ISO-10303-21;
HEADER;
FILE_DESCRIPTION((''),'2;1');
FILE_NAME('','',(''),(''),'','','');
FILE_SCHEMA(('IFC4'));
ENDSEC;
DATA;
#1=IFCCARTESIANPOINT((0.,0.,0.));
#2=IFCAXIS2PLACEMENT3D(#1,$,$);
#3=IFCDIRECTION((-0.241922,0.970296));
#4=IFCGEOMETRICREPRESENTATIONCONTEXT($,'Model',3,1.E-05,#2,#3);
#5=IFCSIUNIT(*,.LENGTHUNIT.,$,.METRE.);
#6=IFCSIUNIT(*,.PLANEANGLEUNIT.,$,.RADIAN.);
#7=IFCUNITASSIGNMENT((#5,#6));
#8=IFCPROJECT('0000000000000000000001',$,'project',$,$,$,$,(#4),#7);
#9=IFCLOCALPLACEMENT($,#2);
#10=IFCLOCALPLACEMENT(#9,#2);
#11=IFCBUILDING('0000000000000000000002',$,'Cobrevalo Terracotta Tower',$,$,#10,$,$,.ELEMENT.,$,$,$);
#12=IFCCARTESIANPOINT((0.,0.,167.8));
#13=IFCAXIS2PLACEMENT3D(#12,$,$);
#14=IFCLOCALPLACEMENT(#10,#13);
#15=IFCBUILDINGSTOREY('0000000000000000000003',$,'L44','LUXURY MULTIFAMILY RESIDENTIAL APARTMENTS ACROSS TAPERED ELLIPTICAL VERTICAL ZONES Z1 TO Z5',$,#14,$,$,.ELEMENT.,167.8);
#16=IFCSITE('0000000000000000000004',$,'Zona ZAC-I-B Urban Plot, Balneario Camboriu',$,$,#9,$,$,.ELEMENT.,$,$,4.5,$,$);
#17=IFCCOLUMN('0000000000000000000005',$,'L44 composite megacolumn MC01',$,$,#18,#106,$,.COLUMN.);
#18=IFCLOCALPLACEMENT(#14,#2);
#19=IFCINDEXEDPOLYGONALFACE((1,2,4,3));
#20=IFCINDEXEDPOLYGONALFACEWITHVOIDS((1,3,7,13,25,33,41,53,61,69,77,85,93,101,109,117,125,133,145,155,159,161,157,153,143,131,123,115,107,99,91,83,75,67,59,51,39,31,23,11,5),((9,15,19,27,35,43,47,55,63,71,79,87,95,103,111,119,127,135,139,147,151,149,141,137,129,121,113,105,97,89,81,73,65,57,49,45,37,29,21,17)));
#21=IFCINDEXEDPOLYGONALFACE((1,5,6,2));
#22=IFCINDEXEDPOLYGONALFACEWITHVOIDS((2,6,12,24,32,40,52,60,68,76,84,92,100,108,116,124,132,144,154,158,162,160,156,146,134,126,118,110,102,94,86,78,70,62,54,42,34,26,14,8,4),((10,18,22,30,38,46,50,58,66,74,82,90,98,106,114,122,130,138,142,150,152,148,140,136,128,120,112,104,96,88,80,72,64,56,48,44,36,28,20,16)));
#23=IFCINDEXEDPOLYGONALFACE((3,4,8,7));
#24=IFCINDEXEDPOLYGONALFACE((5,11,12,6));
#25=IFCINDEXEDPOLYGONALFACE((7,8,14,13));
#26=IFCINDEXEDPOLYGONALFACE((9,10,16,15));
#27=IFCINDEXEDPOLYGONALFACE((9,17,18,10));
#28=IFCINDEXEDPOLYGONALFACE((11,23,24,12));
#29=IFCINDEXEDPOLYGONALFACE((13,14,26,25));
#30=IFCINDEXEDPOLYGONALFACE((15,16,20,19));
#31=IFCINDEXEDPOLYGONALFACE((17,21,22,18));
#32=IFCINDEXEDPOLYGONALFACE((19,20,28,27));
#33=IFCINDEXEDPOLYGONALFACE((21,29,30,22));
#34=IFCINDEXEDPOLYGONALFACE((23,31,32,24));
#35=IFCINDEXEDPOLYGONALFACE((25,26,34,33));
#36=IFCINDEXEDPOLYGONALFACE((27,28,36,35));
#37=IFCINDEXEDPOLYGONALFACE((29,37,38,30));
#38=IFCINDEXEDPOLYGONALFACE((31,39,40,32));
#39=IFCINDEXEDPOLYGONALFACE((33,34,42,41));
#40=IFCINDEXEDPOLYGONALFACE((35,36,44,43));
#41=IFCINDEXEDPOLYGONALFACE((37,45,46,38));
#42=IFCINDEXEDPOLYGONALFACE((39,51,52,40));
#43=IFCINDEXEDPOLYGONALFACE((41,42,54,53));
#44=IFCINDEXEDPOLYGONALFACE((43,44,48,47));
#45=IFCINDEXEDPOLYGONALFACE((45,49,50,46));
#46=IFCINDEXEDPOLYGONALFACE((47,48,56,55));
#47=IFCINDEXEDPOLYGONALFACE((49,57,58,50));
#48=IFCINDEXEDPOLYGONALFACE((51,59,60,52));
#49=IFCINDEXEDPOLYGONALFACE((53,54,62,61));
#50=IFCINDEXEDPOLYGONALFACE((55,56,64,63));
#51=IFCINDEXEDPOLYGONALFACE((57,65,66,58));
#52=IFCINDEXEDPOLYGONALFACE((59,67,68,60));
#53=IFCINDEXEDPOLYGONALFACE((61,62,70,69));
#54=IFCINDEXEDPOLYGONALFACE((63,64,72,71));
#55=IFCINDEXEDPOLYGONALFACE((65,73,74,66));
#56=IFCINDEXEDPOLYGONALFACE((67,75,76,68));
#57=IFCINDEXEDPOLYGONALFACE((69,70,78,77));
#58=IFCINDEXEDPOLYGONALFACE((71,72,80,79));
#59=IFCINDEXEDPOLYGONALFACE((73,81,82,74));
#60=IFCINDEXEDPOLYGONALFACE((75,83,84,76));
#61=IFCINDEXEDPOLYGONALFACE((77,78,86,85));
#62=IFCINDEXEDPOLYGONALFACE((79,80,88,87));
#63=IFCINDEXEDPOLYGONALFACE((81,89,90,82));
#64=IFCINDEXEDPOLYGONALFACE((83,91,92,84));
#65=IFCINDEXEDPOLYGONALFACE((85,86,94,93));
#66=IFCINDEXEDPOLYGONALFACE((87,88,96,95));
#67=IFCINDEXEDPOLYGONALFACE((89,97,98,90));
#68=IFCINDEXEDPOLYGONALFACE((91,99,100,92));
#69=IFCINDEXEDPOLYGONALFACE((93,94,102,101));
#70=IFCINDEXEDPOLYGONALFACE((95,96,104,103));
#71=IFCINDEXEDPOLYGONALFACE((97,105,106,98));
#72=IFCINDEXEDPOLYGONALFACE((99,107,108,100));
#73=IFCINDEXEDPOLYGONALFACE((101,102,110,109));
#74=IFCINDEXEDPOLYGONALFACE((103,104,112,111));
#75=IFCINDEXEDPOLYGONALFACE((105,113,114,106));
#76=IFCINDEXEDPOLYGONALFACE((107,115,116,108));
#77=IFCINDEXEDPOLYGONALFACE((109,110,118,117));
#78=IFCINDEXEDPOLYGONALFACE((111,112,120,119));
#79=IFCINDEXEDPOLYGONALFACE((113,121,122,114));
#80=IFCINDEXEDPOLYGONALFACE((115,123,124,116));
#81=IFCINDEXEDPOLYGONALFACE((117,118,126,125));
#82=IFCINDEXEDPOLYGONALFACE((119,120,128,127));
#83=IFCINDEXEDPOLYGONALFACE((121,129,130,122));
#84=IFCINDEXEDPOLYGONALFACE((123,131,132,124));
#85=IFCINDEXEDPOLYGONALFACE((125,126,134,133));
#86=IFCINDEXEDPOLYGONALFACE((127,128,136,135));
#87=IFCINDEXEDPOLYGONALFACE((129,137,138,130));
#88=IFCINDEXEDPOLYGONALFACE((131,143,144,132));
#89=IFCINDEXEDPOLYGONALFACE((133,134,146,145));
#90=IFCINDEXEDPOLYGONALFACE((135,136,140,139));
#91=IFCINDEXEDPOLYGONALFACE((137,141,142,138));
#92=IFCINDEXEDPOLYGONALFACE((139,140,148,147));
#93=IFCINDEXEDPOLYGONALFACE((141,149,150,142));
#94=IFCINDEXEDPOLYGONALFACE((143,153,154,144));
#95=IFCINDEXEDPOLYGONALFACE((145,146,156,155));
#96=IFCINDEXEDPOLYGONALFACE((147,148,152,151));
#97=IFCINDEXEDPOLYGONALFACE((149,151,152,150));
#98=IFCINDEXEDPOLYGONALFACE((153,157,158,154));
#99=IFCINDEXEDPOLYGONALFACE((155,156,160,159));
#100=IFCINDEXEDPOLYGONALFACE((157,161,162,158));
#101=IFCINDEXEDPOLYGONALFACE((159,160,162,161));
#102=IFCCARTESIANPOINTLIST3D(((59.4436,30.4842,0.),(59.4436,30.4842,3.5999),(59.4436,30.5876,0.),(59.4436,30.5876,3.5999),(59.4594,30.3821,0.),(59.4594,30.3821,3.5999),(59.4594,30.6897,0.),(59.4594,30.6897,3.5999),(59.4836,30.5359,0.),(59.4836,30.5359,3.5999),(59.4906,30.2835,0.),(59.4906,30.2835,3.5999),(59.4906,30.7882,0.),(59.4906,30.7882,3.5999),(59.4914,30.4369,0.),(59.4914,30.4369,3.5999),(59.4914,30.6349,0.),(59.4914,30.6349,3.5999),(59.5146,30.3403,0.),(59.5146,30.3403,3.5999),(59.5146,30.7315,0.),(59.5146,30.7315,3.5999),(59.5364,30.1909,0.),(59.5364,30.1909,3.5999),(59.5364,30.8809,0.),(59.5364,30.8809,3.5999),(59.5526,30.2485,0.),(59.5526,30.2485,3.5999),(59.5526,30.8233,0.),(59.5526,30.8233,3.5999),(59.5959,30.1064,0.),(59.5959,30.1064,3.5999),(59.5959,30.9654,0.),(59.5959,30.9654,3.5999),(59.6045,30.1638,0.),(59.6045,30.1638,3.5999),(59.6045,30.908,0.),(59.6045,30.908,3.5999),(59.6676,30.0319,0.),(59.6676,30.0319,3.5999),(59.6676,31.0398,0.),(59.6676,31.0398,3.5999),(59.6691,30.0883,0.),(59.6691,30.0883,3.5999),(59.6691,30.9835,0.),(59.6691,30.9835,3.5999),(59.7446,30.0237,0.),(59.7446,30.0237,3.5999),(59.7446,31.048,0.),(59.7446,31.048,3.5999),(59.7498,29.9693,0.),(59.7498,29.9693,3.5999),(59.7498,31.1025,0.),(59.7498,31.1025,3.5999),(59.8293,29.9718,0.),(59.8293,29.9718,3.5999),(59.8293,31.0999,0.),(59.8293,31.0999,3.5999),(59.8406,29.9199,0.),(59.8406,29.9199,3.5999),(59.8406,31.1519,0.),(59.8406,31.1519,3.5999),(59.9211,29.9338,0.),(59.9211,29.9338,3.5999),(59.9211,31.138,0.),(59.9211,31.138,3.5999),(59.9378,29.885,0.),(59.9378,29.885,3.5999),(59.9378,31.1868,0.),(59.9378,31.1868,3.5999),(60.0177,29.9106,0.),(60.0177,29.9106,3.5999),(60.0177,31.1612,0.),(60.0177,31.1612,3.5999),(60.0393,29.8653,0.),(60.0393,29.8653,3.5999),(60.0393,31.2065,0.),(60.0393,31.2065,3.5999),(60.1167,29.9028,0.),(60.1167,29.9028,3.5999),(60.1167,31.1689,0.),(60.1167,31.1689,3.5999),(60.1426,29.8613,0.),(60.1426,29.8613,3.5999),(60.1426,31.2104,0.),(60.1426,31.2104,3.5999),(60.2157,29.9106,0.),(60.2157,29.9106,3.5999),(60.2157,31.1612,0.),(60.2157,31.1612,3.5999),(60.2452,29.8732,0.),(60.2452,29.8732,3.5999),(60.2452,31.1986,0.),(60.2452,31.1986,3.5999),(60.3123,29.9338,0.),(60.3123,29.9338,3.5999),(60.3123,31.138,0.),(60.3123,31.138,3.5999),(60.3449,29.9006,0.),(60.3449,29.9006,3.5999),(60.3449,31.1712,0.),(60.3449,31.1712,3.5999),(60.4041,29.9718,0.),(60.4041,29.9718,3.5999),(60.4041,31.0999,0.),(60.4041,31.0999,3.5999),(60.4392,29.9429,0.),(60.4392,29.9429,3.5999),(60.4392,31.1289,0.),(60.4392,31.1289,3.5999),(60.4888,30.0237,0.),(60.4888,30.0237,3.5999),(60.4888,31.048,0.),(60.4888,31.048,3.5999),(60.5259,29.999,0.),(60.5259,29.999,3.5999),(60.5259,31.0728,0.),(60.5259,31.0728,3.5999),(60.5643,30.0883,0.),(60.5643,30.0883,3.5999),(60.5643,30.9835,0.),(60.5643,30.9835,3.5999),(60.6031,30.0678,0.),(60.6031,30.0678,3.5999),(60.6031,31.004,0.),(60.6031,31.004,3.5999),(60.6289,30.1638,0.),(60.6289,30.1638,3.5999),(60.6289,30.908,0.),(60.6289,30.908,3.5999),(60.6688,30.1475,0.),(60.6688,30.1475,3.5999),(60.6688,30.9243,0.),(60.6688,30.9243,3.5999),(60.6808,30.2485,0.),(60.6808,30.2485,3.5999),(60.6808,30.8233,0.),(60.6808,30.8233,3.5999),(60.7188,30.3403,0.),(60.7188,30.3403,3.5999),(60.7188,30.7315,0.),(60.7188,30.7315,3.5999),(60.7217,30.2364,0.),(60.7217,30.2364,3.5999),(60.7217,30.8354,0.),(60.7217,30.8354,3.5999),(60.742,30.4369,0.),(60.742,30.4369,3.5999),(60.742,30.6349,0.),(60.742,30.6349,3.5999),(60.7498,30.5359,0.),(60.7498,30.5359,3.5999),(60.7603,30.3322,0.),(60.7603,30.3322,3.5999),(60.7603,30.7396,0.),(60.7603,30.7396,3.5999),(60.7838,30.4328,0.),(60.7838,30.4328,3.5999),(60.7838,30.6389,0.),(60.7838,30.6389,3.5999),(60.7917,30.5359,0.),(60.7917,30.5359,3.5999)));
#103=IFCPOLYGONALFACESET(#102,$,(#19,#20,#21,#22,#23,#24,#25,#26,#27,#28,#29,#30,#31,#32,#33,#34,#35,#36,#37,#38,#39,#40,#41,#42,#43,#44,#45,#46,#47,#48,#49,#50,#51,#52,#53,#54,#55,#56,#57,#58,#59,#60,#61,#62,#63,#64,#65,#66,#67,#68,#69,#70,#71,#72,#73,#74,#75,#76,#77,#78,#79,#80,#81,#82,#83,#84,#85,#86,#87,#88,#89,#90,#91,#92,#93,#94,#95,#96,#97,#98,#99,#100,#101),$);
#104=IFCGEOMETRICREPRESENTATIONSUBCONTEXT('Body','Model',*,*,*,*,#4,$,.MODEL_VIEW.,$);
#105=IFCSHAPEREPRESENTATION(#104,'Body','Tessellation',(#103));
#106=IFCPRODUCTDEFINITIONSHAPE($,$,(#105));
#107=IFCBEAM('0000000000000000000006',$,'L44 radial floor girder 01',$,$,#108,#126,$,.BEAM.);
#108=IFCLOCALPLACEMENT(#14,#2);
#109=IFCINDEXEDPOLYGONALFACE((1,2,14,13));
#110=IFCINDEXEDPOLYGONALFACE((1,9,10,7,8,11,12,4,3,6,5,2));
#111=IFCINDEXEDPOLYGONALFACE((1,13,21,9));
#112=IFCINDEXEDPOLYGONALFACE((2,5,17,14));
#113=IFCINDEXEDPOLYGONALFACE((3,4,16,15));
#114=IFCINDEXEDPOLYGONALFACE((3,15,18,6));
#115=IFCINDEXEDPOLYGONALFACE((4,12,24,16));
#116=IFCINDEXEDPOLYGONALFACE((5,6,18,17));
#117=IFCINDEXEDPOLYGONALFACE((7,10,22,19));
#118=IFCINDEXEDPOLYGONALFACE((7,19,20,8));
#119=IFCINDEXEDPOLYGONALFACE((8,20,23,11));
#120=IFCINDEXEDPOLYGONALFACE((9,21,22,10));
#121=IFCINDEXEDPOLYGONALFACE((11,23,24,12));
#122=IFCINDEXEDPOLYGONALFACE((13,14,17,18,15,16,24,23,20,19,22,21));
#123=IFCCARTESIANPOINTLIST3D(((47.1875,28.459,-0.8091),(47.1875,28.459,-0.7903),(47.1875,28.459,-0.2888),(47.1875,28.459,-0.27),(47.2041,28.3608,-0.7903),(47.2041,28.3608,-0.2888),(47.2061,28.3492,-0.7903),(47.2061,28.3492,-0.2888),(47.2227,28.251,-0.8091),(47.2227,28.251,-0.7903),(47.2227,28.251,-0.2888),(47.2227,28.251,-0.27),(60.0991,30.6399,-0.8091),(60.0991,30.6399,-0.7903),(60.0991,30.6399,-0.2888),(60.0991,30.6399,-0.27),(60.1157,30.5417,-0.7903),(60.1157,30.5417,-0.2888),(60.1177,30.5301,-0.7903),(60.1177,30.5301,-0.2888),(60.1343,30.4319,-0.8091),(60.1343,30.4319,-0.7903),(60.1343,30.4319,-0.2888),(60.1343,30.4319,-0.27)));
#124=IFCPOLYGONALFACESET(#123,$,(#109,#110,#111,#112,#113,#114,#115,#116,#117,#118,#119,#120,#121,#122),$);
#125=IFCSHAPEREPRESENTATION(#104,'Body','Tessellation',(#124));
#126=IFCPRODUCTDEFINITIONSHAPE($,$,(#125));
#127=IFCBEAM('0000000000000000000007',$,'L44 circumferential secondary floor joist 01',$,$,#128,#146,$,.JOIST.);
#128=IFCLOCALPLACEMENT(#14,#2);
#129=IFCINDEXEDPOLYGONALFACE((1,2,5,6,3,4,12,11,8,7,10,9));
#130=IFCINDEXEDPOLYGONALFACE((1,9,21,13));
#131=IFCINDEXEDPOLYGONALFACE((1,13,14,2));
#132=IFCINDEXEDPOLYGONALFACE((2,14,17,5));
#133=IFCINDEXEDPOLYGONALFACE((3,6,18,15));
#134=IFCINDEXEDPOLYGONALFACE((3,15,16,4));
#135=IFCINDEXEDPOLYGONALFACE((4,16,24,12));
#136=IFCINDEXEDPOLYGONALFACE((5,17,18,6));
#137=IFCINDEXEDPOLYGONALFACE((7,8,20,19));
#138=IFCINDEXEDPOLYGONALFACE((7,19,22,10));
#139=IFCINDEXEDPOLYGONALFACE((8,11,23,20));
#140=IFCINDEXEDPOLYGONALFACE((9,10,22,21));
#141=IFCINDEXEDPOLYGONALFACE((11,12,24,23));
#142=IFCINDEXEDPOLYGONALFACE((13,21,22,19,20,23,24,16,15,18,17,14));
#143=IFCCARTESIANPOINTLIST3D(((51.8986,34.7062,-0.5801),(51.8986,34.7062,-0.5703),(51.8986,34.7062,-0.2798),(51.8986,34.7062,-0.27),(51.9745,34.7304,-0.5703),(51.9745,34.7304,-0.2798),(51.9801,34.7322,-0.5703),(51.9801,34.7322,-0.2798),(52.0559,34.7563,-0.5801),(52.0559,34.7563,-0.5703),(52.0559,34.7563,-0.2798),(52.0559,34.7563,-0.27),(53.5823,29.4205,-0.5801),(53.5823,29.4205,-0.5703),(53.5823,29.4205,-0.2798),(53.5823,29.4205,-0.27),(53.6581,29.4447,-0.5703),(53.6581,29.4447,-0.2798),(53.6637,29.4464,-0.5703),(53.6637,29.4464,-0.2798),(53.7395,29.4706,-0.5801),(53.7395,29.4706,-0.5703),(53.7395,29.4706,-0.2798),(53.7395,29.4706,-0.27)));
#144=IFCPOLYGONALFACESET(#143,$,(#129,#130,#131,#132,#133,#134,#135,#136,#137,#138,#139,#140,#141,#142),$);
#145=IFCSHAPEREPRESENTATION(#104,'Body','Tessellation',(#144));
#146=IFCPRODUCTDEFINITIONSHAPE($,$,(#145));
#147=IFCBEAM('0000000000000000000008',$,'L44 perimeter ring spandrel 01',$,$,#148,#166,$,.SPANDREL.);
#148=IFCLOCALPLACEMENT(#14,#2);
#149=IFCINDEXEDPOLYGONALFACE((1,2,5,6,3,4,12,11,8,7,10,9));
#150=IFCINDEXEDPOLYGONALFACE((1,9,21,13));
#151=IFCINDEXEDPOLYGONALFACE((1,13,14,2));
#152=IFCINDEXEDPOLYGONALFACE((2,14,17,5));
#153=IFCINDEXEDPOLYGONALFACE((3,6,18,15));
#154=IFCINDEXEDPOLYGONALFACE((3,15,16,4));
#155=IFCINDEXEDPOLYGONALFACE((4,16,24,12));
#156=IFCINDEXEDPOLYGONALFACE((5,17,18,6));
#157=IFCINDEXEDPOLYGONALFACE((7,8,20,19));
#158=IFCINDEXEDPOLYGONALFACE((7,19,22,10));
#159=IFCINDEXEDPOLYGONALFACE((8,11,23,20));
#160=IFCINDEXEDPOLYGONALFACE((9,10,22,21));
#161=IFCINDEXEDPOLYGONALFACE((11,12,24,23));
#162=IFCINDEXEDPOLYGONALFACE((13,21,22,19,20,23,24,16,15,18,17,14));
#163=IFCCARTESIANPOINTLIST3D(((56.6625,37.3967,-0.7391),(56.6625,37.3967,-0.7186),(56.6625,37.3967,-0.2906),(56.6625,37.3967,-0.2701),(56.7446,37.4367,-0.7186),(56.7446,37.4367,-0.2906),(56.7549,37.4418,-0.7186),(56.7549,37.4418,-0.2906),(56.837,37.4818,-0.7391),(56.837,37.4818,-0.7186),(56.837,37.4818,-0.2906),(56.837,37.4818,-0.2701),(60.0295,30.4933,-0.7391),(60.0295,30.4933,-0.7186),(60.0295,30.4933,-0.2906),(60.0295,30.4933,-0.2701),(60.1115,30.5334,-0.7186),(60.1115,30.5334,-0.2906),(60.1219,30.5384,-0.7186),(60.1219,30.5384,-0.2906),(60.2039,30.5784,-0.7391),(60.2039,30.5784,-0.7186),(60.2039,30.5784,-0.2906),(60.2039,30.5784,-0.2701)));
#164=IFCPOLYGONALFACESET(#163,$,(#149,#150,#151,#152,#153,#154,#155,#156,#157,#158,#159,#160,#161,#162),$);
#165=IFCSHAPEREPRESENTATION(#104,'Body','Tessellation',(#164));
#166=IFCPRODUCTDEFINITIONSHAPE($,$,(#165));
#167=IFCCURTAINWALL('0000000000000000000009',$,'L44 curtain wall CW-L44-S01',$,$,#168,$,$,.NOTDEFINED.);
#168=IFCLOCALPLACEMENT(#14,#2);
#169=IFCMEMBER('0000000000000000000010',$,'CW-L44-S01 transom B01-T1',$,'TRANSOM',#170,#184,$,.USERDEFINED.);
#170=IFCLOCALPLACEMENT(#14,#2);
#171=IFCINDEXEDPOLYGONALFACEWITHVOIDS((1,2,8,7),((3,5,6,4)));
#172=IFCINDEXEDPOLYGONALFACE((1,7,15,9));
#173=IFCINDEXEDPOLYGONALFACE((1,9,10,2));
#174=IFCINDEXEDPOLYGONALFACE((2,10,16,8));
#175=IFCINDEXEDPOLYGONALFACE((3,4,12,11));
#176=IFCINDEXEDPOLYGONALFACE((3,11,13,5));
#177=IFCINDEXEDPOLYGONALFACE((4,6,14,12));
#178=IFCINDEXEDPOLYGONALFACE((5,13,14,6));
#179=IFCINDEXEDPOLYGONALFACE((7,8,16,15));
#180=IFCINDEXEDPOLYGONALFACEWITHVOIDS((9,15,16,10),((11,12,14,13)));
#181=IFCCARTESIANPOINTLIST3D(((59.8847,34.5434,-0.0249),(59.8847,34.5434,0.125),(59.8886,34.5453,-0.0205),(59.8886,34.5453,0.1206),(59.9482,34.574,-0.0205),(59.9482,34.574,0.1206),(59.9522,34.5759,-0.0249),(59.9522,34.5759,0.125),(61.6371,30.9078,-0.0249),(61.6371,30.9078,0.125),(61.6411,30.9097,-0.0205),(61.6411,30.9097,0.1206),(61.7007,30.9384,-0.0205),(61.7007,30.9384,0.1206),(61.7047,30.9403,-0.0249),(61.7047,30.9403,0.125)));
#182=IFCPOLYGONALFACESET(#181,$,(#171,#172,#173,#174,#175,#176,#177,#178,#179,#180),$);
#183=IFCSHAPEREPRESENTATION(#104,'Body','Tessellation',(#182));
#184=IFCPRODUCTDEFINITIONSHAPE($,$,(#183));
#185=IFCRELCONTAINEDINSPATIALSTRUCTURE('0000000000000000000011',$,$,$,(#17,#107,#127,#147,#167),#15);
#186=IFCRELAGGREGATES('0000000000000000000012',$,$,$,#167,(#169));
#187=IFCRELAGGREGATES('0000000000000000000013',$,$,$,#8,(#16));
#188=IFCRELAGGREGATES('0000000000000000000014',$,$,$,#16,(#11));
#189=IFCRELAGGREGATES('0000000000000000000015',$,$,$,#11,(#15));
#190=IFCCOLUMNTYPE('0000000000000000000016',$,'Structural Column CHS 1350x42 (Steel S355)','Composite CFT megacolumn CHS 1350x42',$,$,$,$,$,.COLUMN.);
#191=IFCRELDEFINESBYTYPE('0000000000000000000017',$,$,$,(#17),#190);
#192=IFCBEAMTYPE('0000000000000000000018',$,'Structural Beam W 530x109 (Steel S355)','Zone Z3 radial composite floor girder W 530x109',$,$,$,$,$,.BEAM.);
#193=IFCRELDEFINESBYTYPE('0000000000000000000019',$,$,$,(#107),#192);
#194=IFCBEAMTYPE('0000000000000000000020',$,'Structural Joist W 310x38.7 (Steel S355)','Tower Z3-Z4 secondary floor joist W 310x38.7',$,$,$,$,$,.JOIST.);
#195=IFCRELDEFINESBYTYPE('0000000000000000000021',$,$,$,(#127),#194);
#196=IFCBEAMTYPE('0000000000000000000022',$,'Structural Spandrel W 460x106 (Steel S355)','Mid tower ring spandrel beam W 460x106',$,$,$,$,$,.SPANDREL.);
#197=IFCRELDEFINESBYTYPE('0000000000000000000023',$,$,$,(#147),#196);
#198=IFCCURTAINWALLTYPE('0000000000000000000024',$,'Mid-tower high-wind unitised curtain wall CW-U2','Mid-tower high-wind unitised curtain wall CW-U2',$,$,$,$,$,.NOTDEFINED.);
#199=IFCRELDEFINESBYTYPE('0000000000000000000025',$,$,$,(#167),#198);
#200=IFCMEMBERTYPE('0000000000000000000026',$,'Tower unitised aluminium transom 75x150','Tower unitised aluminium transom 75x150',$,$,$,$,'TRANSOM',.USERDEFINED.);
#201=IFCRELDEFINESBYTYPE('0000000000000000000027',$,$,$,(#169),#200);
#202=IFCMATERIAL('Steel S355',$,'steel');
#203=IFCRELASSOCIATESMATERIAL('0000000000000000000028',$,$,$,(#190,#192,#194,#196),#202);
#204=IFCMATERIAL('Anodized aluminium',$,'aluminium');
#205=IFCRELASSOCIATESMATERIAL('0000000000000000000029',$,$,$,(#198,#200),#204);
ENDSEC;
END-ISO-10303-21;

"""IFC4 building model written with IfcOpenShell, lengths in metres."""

from ifc_helpers import new_model, si_unit, direction, frame, origin, origin_2d, place, context, subcontext, project, spatial, hollow_rectangle, hollow_circle, i_section, extrude, source, transform, mapped, material, material_profile, profile_set, type_object, element, aggregate, save


model = new_model("IFC4")

# Units and contexts
model_context = context("Model", 3, precision=1e-05, world=origin(), true_north=direction((-0.241922, 0.970296)))
body_context = subcontext(model_context, "Body", "Model", "MODEL_VIEW")
ifc_project = project(units=[si_unit("LENGTHUNIT", "METRE"), si_unit("PLANEANGLEUNIT", "RADIAN")], contexts=[model_context])

# Site, building, storey
site_placement = place(None, origin())
site = spatial("IfcSite", under=ifc_project, at=site_placement, Name="Zona ZAC-I-B Urban Plot, Balneario Camboriu", CompositionType="ELEMENT", RefElevation=4.5)
building_placement = place(site_placement, origin())
building = spatial("IfcBuilding", under=site, at=building_placement, Name="Cobrevalo Terracotta Tower", CompositionType="ELEMENT")
storey_placement = place(building_placement, frame((0.0, 0.0, 167.8)))
storey = spatial("IfcBuildingStorey", under=building, at=storey_placement, Name="L44", Description="LUXURY MULTIFAMILY RESIDENTIAL APARTMENTS ACROSS TAPERED ELLIPTICAL VERTICAL ZONES Z1 TO Z5", CompositionType="ELEMENT", Elevation=167.8)

# Column
ifc_material_1 = material(Name="Steel S355", Category="steel")
ifc_material_profile_1 = material_profile(ifc_material_1, hollow_circle(Radius=0.675, WallThickness=0.042, at=origin_2d()), Name="CHS 1350x42")
ifc_profile_set_1 = profile_set([ifc_material_profile_1], Name="Steel S355")
column_type = type_object("IfcColumnType", Name="Structural Column CHS 1350x42 (Steel S355)", Description="Composite CFT megacolumn CHS 1350x42", PredefinedType="COLUMN", material=ifc_profile_set_1)
column_placement = place(storey_placement, frame((60.1167, 30.5359, 0.0), z_axis=(0.0, 0.0, 1.0), x_axis=(1.0, 0.0, 0.0)))
element("IfcColumn", 1, at=column_placement, inside=storey, type_object=column_type, Name="L44 composite megacolumn MC01", PredefinedType="COLUMN", context=body_context, shape_type="SweptSolid", body=[
    extrude(hollow_circle(Radius=0.675, WallThickness=0.042, at=origin_2d()), origin(), (0.0, 0.0, 1.0), 3.5999),
])

# Beams
ifc_material_profile_2 = material_profile(ifc_material_1, i_section(OverallWidth=0.2109, OverallDepth=0.5391, WebThickness=0.0117, FlangeThickness=0.0188, at=origin_2d()), Name="W 530x109")
ifc_profile_set_2 = profile_set([ifc_material_profile_2], Name="Steel S355")
beam_type_1 = type_object("IfcBeamType", Name="Structural Beam W 530x109 (Steel S355)", Description="Zone Z3 radial composite floor girder W 530x109", PredefinedType="BEAM", material=ifc_profile_set_2)
beam_1_placement = place(storey_placement, frame((60.1167, 30.5359, -0.5396), z_axis=(-0.986033, -0.166551, 0.0), x_axis=(0.166551, -0.986033, 0.0)))
element("IfcBeam", 2, at=beam_1_placement, inside=storey, type_object=beam_type_1, Name="L44 radial floor girder 01", PredefinedType="BEAM", context=body_context, shape_type="SweptSolid", body=[
    extrude(i_section(OverallWidth=0.2109, OverallDepth=0.5391, WebThickness=0.0117, FlangeThickness=0.0188, at=origin_2d()), origin(), (0.0, 0.0, 1.0), 13.0945),
])
ifc_material_profile_3 = material_profile(ifc_material_1, i_section(OverallWidth=0.165, OverallDepth=0.3101, WebThickness=0.0059, FlangeThickness=0.0098, at=origin_2d()), Name="W 310x38.7")
ifc_profile_set_3 = profile_set([ifc_material_profile_3], Name="Steel S355")
beam_type_2 = type_object("IfcBeamType", Name="Structural Joist W 310x38.7 (Steel S355)", Description="Tower Z3-Z4 secondary floor joist W 310x38.7", PredefinedType="JOIST", material=ifc_profile_set_3)
beam_2_placement = place(storey_placement, frame((53.6609, 29.4456, -0.425), z_axis=(-0.303498, 0.952832, 0.0), x_axis=(-0.952832, -0.303498, 0.0)))
element("IfcBeam", 3, at=beam_2_placement, inside=storey, type_object=beam_type_2, Name="L44 circumferential secondary floor joist 01", PredefinedType="JOIST", context=body_context, shape_type="SweptSolid", body=[
    extrude(i_section(OverallWidth=0.165, OverallDepth=0.3101, WebThickness=0.0059, FlangeThickness=0.0098, at=origin_2d()), origin(), (0.0, 0.0, 1.0), 5.5474),
])
ifc_material_profile_4 = material_profile(ifc_material_1, i_section(OverallWidth=0.1941, OverallDepth=0.469, WebThickness=0.0115, FlangeThickness=0.0205, at=origin_2d()), Name="W 460x106")
ifc_profile_set_4 = profile_set([ifc_material_profile_4], Name="Steel S355")
beam_type_3 = type_object("IfcBeamType", Name="Structural Spandrel W 460x106 (Steel S355)", Description="Mid tower ring spandrel beam W 460x106", PredefinedType="SPANDREL", material=ifc_profile_set_4)
beam_3_placement = place(storey_placement, frame((60.1167, 30.5359, -0.5046), z_axis=(-0.438368, 0.898796, 0.0), x_axis=(-0.898796, -0.438368, 0.0)))
element("IfcBeam", 4, at=beam_3_placement, inside=storey, type_object=beam_type_3, Name="L44 perimeter ring spandrel 01", PredefinedType="SPANDREL", context=body_context, shape_type="SweptSolid", body=[
    extrude(i_section(OverallWidth=0.1941, OverallDepth=0.469, WebThickness=0.0115, FlangeThickness=0.0205, at=origin_2d()), origin(), (0.0, 0.0, 1.0), 7.6807),
])

# Curtain wall, member
ifc_material_2 = material(Name="Anodized aluminium", Category="aluminium")
curtain_wall_type = type_object("IfcCurtainWallType", Name="Mid-tower high-wind unitised curtain wall CW-U2", Description="Mid-tower high-wind unitised curtain wall CW-U2", PredefinedType="NOTDEFINED", material=ifc_material_2)
curtain_wall_1_placement = place(storey_placement, origin())
curtain_wall_1 = element("IfcCurtainWall", 5, at=curtain_wall_1_placement, inside=storey, type_object=curtain_wall_type, Name="L44 curtain wall CW-L44-S01", PredefinedType="NOTDEFINED")
ifc_material_profile_5 = material_profile(ifc_material_2, hollow_rectangle(XDim=0.075, YDim=0.1499, WallThickness=0.0044, at=origin_2d()), Name="CWT 75x150")
ifc_profile_set_5 = profile_set([ifc_material_profile_5], Name="Anodized aluminium")
member_type_1 = type_object("IfcMemberType", Name="Tower unitised aluminium transom 75x150", Description="Tower unitised aluminium transom 75x150", ElementType="TRANSOM", PredefinedType="USERDEFINED", material=ifc_profile_set_5)
shared_shape_1 = source(origin(), body_context, "Body", "SweptSolid", [
    extrude(hollow_rectangle(XDim=0.075, YDim=0.1499, WallThickness=0.0044, at=origin_2d()), origin(), (0.0, 0.0, 1.0), 4.0359),
])
member_1_placement = place(storey_placement, frame((61.6709, 30.9241, 0.05), z_axis=(-0.434221, 0.900806, 0.0), x_axis=(-0.900806, -0.434221, 0.0)))
member_1 = element("IfcMember", 6, at=member_1_placement, type_object=member_type_1, Name="CW-L44-S01 transom B01-T1", ObjectType="TRANSOM", PredefinedType="USERDEFINED", context=body_context, shape_type="MappedRepresentation", body=[
    mapped(shared_shape_1, transform((0.0, 0.0, 0.0), scale=1.0)),
])

aggregate(curtain_wall_1, [member_1])

save(model, "model.ifc")
